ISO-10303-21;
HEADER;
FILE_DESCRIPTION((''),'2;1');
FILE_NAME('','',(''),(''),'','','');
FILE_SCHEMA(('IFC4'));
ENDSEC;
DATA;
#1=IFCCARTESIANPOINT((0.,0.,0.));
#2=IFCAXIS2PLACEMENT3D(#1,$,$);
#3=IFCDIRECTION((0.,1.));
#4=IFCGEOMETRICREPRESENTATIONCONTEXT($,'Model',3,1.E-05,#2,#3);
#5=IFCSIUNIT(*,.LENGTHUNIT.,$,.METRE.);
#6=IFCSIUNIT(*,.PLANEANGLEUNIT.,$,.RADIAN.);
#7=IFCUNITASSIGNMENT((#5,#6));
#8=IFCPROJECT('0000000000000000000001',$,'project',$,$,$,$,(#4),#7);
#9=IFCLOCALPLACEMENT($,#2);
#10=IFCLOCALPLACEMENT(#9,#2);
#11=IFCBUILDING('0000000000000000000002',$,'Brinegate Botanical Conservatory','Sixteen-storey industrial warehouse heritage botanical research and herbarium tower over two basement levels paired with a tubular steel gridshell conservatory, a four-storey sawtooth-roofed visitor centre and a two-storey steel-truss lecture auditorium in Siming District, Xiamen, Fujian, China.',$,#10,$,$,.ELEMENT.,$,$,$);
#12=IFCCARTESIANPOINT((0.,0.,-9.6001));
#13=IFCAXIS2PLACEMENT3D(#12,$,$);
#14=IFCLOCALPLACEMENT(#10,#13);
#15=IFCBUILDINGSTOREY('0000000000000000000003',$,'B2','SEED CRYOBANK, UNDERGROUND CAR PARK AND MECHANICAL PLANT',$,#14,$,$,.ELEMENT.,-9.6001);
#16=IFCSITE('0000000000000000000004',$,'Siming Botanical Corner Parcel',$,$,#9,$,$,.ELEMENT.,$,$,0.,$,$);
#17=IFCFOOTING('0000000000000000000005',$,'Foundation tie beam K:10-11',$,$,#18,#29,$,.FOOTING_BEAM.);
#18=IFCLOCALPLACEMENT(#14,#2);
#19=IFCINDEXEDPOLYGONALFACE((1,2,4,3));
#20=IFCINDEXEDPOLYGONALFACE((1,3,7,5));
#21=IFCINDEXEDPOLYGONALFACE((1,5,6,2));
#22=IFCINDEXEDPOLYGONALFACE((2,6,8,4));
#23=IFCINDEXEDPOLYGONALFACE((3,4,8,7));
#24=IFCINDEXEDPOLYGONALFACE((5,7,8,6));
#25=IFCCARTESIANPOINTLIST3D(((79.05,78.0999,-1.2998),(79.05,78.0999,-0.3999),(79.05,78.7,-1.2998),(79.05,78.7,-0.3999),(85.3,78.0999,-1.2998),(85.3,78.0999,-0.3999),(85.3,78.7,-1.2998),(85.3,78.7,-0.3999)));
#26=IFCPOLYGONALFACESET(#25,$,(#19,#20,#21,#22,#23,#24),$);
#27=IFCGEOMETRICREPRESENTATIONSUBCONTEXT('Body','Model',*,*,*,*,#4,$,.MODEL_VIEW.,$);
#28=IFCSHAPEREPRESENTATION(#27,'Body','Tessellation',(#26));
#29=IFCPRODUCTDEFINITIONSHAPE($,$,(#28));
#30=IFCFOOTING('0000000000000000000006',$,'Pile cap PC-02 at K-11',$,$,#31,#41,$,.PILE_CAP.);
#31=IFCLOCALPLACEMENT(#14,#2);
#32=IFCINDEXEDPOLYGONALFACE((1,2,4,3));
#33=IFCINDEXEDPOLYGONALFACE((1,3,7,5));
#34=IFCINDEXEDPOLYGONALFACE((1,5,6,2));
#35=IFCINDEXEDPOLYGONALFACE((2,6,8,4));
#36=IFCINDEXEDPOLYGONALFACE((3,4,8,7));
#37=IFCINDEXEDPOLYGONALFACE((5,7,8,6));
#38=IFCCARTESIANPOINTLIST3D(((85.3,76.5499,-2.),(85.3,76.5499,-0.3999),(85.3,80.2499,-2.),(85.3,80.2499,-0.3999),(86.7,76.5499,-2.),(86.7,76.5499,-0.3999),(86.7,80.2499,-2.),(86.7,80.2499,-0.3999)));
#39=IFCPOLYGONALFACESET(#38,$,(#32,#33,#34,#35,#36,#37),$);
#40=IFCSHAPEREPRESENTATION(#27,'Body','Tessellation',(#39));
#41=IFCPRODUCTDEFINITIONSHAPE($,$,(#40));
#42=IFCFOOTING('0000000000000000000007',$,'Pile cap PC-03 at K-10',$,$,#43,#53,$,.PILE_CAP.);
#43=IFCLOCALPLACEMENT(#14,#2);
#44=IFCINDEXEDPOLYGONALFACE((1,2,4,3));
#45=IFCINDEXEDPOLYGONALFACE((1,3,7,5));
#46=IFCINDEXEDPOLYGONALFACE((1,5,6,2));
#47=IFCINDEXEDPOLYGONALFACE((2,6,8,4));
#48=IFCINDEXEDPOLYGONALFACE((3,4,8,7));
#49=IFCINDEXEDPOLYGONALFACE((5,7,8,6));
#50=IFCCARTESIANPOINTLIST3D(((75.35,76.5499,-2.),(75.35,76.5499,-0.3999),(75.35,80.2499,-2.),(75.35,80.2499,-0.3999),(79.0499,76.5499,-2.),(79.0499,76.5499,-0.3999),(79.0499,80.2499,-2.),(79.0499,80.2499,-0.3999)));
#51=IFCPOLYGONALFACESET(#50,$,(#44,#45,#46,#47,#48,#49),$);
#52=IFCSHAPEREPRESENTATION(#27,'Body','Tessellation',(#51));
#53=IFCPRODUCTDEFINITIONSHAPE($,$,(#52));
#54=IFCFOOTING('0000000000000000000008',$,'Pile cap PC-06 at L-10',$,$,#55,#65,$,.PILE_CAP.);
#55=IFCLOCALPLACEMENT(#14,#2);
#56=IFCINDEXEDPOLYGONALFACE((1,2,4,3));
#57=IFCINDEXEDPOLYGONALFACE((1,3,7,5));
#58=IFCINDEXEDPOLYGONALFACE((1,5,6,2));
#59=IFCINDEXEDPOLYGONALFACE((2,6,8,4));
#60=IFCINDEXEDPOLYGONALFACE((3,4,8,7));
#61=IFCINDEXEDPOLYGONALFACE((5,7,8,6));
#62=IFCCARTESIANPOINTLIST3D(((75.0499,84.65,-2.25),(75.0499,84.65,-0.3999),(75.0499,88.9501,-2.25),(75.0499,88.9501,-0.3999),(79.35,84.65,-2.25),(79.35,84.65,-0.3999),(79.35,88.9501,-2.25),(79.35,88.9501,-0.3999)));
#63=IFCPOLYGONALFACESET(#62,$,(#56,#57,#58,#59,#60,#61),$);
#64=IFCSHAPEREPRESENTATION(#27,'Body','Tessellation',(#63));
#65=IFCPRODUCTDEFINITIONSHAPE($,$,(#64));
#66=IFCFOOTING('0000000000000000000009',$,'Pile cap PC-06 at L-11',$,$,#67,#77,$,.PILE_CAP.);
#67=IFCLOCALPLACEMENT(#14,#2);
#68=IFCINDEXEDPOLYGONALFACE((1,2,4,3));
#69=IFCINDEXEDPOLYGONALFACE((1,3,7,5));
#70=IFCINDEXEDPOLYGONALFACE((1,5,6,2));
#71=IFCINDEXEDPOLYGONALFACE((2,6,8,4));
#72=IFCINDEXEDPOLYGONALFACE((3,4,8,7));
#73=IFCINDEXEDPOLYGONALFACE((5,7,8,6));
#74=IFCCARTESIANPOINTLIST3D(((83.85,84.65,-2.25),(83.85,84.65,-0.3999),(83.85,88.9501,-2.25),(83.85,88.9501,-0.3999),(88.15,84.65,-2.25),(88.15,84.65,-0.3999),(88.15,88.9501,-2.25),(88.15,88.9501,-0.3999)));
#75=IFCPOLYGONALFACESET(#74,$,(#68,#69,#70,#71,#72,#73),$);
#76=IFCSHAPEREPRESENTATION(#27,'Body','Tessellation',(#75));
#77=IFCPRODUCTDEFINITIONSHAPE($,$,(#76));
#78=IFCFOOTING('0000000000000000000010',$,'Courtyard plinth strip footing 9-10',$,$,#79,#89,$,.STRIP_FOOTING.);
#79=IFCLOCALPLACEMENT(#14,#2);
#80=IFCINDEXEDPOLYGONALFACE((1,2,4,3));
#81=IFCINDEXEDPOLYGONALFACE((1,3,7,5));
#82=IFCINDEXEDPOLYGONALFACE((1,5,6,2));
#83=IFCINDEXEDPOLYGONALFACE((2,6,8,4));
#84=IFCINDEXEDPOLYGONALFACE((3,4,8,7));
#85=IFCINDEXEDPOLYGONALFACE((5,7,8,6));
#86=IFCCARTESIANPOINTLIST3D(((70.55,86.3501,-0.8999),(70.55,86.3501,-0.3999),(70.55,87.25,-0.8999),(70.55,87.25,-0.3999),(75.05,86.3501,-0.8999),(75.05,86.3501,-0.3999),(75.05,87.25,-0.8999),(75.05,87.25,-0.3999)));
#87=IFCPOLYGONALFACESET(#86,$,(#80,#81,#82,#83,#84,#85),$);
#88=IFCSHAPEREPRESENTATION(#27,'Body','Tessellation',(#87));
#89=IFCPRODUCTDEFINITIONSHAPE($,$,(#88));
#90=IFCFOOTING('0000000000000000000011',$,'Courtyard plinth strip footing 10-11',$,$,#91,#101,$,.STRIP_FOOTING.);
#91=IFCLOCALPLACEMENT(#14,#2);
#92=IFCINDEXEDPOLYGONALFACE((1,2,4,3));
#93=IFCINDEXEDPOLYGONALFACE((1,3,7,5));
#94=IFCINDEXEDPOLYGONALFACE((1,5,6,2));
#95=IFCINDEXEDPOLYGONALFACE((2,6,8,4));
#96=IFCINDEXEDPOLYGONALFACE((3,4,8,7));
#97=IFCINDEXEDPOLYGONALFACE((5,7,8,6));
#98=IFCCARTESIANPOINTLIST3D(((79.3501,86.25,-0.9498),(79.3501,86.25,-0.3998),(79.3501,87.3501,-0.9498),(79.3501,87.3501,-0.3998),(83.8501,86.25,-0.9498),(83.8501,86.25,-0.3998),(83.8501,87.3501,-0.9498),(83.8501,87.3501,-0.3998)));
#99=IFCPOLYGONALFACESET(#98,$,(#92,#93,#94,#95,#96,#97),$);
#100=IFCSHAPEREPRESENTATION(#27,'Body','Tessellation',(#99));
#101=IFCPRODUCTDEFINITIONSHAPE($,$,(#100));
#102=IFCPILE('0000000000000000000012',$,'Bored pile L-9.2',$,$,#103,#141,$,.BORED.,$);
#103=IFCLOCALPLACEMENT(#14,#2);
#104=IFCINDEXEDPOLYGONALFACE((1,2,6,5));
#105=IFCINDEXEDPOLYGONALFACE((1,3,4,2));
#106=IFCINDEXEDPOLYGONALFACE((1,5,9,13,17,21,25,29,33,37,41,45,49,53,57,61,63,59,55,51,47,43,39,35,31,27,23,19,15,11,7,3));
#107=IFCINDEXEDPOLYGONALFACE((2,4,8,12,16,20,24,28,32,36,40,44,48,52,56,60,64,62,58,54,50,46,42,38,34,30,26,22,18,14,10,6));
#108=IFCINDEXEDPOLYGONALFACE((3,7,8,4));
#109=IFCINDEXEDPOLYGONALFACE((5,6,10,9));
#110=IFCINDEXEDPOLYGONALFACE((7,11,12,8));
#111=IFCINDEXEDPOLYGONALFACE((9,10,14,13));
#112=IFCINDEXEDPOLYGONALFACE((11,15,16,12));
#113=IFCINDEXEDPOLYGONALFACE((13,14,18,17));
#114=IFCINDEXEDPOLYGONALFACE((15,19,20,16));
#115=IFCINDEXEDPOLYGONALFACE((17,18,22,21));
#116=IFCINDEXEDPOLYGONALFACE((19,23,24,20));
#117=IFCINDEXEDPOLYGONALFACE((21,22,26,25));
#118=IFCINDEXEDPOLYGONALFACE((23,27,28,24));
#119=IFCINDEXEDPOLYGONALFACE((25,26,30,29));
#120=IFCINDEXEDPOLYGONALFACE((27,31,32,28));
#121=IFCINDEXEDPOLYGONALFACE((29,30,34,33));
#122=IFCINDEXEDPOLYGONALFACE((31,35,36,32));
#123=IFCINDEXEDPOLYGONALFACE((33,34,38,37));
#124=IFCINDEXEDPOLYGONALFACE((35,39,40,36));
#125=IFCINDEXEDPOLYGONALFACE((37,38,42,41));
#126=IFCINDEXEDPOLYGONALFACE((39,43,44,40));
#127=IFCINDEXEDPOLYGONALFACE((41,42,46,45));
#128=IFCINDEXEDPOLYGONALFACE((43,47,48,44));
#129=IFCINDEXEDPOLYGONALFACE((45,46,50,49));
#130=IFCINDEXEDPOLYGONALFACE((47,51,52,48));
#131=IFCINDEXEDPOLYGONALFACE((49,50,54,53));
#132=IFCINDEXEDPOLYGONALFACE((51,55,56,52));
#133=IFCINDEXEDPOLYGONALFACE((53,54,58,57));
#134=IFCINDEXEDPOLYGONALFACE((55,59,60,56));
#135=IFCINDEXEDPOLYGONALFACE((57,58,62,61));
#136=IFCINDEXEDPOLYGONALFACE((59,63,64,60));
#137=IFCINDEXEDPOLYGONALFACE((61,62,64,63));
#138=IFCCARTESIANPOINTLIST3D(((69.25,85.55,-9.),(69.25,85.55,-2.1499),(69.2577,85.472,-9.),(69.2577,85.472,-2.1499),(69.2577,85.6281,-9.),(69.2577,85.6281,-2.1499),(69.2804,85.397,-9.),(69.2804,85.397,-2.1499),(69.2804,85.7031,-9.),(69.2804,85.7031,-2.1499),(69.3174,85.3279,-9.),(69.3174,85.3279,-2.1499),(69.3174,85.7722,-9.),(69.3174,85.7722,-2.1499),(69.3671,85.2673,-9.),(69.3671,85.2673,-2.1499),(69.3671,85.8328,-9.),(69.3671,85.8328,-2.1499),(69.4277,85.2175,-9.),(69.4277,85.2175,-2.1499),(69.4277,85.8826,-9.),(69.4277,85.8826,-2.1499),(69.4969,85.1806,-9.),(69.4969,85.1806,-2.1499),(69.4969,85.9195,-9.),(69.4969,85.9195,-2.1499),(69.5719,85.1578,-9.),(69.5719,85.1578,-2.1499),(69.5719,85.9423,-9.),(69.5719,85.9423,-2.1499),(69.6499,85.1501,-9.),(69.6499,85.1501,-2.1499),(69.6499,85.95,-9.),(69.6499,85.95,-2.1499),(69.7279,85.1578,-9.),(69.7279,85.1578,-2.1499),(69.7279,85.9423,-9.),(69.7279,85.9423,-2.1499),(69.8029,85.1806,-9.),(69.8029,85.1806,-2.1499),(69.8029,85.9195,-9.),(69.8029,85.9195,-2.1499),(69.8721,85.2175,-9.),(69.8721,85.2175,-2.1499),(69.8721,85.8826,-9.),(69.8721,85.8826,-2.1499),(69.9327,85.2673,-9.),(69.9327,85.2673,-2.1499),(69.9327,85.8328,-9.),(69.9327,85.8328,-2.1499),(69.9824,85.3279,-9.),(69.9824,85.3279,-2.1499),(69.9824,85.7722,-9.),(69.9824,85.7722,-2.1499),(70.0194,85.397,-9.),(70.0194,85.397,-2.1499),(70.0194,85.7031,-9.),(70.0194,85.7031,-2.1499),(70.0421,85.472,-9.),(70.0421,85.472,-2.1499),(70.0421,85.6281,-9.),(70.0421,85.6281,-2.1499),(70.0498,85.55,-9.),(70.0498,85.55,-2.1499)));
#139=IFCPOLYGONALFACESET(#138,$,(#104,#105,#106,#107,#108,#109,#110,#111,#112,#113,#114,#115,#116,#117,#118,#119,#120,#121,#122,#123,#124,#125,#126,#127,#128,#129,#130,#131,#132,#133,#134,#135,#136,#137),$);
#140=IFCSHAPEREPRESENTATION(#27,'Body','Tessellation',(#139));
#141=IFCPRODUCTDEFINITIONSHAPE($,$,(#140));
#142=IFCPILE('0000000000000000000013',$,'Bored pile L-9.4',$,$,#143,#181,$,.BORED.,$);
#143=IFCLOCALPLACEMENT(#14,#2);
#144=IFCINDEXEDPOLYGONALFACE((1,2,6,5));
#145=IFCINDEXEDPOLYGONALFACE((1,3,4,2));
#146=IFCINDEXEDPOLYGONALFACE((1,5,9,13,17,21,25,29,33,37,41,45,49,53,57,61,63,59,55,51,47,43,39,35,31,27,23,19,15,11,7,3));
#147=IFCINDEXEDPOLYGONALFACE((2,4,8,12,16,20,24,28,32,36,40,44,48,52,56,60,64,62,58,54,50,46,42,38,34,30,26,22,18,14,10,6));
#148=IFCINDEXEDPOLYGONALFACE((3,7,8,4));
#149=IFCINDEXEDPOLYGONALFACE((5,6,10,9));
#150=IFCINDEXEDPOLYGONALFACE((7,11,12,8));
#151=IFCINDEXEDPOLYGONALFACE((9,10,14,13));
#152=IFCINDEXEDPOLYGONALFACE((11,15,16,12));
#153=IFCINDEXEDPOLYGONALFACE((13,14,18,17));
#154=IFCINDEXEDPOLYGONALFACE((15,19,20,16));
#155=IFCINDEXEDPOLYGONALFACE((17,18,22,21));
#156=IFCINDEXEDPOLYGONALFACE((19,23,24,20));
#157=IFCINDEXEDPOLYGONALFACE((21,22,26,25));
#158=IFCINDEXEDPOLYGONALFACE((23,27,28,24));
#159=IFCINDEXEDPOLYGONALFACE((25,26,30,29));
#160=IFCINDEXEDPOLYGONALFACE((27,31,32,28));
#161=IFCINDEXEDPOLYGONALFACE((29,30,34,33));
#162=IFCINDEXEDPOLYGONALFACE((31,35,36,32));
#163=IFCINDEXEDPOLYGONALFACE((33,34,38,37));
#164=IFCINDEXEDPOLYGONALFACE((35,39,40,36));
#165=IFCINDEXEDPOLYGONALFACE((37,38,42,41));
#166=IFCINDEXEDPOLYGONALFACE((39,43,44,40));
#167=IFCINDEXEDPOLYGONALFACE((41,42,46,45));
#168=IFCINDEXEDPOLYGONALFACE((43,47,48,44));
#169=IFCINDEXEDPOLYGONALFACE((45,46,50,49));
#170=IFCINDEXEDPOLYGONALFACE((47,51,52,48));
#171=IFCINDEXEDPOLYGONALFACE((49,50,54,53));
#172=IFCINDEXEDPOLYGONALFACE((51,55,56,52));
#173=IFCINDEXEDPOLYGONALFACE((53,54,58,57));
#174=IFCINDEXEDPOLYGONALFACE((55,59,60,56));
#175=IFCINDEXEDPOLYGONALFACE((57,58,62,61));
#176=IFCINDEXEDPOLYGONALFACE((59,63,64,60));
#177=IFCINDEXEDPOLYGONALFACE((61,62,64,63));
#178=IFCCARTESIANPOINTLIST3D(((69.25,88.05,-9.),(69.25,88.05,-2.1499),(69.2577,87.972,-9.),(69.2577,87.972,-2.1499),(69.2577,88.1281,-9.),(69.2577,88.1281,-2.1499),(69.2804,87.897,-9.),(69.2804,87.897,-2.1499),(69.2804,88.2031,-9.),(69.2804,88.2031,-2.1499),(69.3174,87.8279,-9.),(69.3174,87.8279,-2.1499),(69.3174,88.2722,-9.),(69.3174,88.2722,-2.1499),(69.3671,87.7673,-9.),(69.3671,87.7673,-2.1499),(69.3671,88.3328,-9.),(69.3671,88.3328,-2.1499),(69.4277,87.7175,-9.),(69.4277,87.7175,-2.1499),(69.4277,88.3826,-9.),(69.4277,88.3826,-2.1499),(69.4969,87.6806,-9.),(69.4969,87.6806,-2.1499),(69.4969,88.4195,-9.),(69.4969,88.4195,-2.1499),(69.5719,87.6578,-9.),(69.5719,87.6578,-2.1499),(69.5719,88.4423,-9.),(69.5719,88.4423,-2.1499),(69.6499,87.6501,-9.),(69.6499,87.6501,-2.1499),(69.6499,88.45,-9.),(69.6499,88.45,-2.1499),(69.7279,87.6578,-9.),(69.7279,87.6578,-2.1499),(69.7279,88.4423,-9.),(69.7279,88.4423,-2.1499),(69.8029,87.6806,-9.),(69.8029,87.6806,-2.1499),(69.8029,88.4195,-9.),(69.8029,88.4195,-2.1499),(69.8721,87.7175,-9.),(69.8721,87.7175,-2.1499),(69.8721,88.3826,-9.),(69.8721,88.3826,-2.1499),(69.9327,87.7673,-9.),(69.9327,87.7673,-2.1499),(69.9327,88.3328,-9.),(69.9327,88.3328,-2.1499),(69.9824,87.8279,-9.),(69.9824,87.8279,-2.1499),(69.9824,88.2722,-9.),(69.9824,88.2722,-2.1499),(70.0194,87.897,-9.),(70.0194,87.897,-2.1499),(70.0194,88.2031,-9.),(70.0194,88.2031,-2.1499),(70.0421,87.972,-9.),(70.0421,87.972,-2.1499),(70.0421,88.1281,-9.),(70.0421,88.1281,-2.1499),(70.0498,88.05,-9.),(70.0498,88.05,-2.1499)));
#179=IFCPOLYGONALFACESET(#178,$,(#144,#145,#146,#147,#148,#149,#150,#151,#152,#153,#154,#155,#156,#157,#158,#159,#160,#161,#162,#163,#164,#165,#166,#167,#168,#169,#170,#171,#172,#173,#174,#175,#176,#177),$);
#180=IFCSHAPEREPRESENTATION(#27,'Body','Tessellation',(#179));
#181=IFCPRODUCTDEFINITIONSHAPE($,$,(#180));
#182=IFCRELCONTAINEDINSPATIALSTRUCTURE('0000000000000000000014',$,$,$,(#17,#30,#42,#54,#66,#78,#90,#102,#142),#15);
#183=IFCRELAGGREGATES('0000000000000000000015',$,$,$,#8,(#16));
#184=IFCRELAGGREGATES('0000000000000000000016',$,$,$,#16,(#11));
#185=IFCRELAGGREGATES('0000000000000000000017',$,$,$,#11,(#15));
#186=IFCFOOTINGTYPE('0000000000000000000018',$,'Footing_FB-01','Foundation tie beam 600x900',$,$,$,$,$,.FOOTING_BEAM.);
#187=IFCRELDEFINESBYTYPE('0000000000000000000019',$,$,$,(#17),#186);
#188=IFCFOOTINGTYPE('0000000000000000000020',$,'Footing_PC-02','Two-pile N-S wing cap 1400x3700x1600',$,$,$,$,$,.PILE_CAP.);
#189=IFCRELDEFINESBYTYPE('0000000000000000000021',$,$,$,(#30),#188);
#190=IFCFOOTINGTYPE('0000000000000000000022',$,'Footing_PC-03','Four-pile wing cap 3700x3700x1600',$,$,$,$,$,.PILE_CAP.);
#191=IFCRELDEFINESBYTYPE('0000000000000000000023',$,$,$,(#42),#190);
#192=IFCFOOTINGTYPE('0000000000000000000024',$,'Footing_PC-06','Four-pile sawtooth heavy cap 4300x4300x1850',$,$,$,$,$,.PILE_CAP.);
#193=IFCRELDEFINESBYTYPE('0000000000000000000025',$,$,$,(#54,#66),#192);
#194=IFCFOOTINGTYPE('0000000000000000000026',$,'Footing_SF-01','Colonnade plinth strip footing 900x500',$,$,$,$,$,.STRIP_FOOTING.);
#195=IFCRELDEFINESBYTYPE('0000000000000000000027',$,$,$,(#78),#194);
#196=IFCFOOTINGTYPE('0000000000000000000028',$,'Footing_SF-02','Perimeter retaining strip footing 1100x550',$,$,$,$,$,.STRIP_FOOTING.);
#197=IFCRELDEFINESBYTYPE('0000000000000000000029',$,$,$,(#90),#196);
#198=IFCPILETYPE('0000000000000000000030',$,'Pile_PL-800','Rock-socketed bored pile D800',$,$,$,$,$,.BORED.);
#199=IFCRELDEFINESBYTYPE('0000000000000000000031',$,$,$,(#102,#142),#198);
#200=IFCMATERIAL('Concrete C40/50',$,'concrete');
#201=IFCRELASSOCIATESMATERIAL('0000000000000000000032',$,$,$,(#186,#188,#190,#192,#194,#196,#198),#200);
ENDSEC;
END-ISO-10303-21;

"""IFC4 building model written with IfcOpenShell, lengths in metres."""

from ifc_helpers import new_model, si_unit, direction, frame, origin, origin_2d, place, context, subcontext, project, spatial, rectangle, circle, extrude, material, material_profile, profile_set, type_object, element, save


model = new_model("IFC4")

# Units and contexts
model_context = context("Model", 3, precision=1e-05, world=origin(), true_north=direction((0.0, 1.0)))
body_context = subcontext(model_context, "Body", "Model", "MODEL_VIEW")
ifc_project = project(units=[si_unit("LENGTHUNIT", "METRE"), si_unit("PLANEANGLEUNIT", "RADIAN")], contexts=[model_context])

# Site, building, storey
site_placement = place(None, origin())
site = spatial("IfcSite", under=ifc_project, at=site_placement, Name="Siming Botanical Corner Parcel", CompositionType="ELEMENT", RefElevation=0.0)
building_placement = place(site_placement, origin())
building = spatial("IfcBuilding", under=site, at=building_placement, Name="Brinegate Botanical Conservatory", Description="Sixteen-storey industrial warehouse heritage botanical research and herbarium tower over two basement levels paired with a tubular steel gridshell conservatory, a four-storey sawtooth-roofed visitor centre and a two-storey steel-truss lecture auditorium in Siming District, Xiamen, Fujian, China.", CompositionType="ELEMENT")
storey_placement = place(building_placement, frame((0.0, 0.0, -9.6001)))
storey = spatial("IfcBuildingStorey", under=building, at=storey_placement, Name="B2", Description="SEED CRYOBANK, UNDERGROUND CAR PARK AND MECHANICAL PLANT", CompositionType="ELEMENT", Elevation=-9.6001)

# Footings
ifc_material = material(Name="Concrete C40/50", Category="concrete")
ifc_material_profile_1 = material_profile(ifc_material, rectangle(XDim=0.6001, YDim=0.8999, at=origin_2d()), Name="RC GB 600x900")
ifc_profile_set_1 = profile_set([ifc_material_profile_1], Name="Concrete C40/50")
footing_type_1 = type_object("IfcFootingType", Name="Footing_FB-01", Description="Foundation tie beam 600x900", PredefinedType="FOOTING_BEAM", material=ifc_profile_set_1)
footing_1_placement = place(storey_placement, frame((79.05, 78.3999, -0.8499), z_axis=(1.0, 0.0, 0.0), x_axis=(0.0, 1.0, 0.0)))
element("IfcFooting", 1, at=footing_1_placement, inside=storey, type_object=footing_type_1, Name="Foundation tie beam K:10-11", PredefinedType="FOOTING_BEAM", context=body_context, shape_type="SweptSolid", body=[
    extrude(rectangle(XDim=0.6001, YDim=0.8999, at=origin_2d()), origin(), (0.0, 0.0, 1.0), 6.25),
])
footing_type_2 = type_object("IfcFootingType", Name="Footing_PC-02", Description="Two-pile N-S wing cap 1400x3700x1600", PredefinedType="PILE_CAP", material=ifc_material)
footing_2_placement = place(storey_placement, frame((86.0, 78.3999, -2.0), z_axis=(0.0, 0.0, 1.0), x_axis=(1.0, 0.0, 0.0)))
element("IfcFooting", 2, at=footing_2_placement, inside=storey, type_object=footing_type_2, Name="Pile cap PC-02 at K-11", PredefinedType="PILE_CAP", context=body_context, shape_type="SweptSolid", body=[
    extrude(rectangle(XDim=1.3999, YDim=3.7, at=origin_2d()), origin(), (0.0, 0.0, 1.0), 1.6001),
])
footing_type_3 = type_object("IfcFootingType", Name="Footing_PC-03", Description="Four-pile wing cap 3700x3700x1600", PredefinedType="PILE_CAP", material=ifc_material)
footing_3_placement = place(storey_placement, frame((77.2, 78.3999, -2.0), z_axis=(0.0, 0.0, 1.0), x_axis=(1.0, 0.0, 0.0)))
element("IfcFooting", 3, at=footing_3_placement, inside=storey, type_object=footing_type_3, Name="Pile cap PC-03 at K-10", PredefinedType="PILE_CAP", context=body_context, shape_type="SweptSolid", body=[
    extrude(rectangle(XDim=3.7, YDim=3.7, at=origin_2d()), origin(), (0.0, 0.0, 1.0), 1.6001),
])
footing_type_4 = type_object("IfcFootingType", Name="Footing_PC-06", Description="Four-pile sawtooth heavy cap 4300x4300x1850", PredefinedType="PILE_CAP", material=ifc_material)
for number, where, z_axis, x_axis, name in (
    (4, (77.2, 86.8, -2.25), (0.0, 0.0, 1.0), (1.0, 0.0, 0.0), "Pile cap PC-06 at L-10"),
    (5, (86.0, 86.8, -2.25), (0.0, 0.0, 1.0), (1.0, 0.0, 0.0), "Pile cap PC-06 at L-11"),
):
    element("IfcFooting", number, at=place(storey_placement, frame(where, z_axis=z_axis, x_axis=x_axis)), inside=storey, type_object=footing_type_4, Name=name, PredefinedType="PILE_CAP", context=body_context, shape_type="SweptSolid", body=[
        extrude(rectangle(XDim=4.3, YDim=4.3, at=origin_2d()), origin(), (0.0, 0.0, 1.0), 1.8501),
    ])
ifc_material_profile_2 = material_profile(ifc_material, rectangle(XDim=0.8999, YDim=0.5, at=origin_2d()), Name="RC SF 900x500")
ifc_profile_set_2 = profile_set([ifc_material_profile_2], Name="Concrete C40/50")
footing_type_5 = type_object("IfcFootingType", Name="Footing_SF-01", Description="Colonnade plinth strip footing 900x500", PredefinedType="STRIP_FOOTING", material=ifc_profile_set_2)
footing_4_placement = place(storey_placement, frame((70.55, 86.8, -0.6499), z_axis=(1.0, 0.0, 0.0), x_axis=(0.0, 1.0, 0.0)))
element("IfcFooting", 6, at=footing_4_placement, inside=storey, type_object=footing_type_5, Name="Courtyard plinth strip footing 9-10", PredefinedType="STRIP_FOOTING", context=body_context, shape_type="SweptSolid", body=[
    extrude(rectangle(XDim=0.8999, YDim=0.5, at=origin_2d()), origin(), (0.0, 0.0, 1.0), 4.5),
])
ifc_material_profile_3 = material_profile(ifc_material, rectangle(XDim=1.1001, YDim=0.55, at=origin_2d()), Name="RC SF 1100x550")
ifc_profile_set_3 = profile_set([ifc_material_profile_3], Name="Concrete C40/50")
footing_type_6 = type_object("IfcFootingType", Name="Footing_SF-02", Description="Perimeter retaining strip footing 1100x550", PredefinedType="STRIP_FOOTING", material=ifc_profile_set_3)
footing_5_placement = place(storey_placement, frame((79.3501, 86.8, -0.6748), z_axis=(1.0, 0.0, 0.0), x_axis=(0.0, 1.0, 0.0)))
element("IfcFooting", 7, at=footing_5_placement, inside=storey, type_object=footing_type_6, Name="Courtyard plinth strip footing 10-11", PredefinedType="STRIP_FOOTING", context=body_context, shape_type="SweptSolid", body=[
    extrude(rectangle(XDim=1.1001, YDim=0.55, at=origin_2d()), origin(), (0.0, 0.0, 1.0), 4.5),
])

# Piles
ifc_material_profile_4 = material_profile(ifc_material, circle(Radius=0.3999, at=origin_2d()), Name="PILE D800")
ifc_profile_set_4 = profile_set([ifc_material_profile_4], Name="Concrete C40/50")
pile_type = type_object("IfcPileType", Name="Pile_PL-800", Description="Rock-socketed bored pile D800", PredefinedType="BORED", material=ifc_profile_set_4)
for number, where, z_axis, x_axis, name in (
    (8, (69.6499, 85.55, -2.1499), (0.0, 0.0, -1.0), (1.0, 0.0, 0.0), "Bored pile L-9.2"),
    (9, (69.6499, 88.05, -2.1499), (0.0, 0.0, -1.0), (1.0, 0.0, 0.0), "Bored pile L-9.4"),
):
    element("IfcPile", number, at=place(storey_placement, frame(where, z_axis=z_axis, x_axis=x_axis)), inside=storey, type_object=pile_type, Name=name, PredefinedType="BORED", context=body_context, shape_type="SweptSolid", body=[
        extrude(circle(Radius=0.3999, at=origin_2d()), origin(), (0.0, 0.0, 1.0), 6.8501),
    ])

save(model, "model.ifc")
